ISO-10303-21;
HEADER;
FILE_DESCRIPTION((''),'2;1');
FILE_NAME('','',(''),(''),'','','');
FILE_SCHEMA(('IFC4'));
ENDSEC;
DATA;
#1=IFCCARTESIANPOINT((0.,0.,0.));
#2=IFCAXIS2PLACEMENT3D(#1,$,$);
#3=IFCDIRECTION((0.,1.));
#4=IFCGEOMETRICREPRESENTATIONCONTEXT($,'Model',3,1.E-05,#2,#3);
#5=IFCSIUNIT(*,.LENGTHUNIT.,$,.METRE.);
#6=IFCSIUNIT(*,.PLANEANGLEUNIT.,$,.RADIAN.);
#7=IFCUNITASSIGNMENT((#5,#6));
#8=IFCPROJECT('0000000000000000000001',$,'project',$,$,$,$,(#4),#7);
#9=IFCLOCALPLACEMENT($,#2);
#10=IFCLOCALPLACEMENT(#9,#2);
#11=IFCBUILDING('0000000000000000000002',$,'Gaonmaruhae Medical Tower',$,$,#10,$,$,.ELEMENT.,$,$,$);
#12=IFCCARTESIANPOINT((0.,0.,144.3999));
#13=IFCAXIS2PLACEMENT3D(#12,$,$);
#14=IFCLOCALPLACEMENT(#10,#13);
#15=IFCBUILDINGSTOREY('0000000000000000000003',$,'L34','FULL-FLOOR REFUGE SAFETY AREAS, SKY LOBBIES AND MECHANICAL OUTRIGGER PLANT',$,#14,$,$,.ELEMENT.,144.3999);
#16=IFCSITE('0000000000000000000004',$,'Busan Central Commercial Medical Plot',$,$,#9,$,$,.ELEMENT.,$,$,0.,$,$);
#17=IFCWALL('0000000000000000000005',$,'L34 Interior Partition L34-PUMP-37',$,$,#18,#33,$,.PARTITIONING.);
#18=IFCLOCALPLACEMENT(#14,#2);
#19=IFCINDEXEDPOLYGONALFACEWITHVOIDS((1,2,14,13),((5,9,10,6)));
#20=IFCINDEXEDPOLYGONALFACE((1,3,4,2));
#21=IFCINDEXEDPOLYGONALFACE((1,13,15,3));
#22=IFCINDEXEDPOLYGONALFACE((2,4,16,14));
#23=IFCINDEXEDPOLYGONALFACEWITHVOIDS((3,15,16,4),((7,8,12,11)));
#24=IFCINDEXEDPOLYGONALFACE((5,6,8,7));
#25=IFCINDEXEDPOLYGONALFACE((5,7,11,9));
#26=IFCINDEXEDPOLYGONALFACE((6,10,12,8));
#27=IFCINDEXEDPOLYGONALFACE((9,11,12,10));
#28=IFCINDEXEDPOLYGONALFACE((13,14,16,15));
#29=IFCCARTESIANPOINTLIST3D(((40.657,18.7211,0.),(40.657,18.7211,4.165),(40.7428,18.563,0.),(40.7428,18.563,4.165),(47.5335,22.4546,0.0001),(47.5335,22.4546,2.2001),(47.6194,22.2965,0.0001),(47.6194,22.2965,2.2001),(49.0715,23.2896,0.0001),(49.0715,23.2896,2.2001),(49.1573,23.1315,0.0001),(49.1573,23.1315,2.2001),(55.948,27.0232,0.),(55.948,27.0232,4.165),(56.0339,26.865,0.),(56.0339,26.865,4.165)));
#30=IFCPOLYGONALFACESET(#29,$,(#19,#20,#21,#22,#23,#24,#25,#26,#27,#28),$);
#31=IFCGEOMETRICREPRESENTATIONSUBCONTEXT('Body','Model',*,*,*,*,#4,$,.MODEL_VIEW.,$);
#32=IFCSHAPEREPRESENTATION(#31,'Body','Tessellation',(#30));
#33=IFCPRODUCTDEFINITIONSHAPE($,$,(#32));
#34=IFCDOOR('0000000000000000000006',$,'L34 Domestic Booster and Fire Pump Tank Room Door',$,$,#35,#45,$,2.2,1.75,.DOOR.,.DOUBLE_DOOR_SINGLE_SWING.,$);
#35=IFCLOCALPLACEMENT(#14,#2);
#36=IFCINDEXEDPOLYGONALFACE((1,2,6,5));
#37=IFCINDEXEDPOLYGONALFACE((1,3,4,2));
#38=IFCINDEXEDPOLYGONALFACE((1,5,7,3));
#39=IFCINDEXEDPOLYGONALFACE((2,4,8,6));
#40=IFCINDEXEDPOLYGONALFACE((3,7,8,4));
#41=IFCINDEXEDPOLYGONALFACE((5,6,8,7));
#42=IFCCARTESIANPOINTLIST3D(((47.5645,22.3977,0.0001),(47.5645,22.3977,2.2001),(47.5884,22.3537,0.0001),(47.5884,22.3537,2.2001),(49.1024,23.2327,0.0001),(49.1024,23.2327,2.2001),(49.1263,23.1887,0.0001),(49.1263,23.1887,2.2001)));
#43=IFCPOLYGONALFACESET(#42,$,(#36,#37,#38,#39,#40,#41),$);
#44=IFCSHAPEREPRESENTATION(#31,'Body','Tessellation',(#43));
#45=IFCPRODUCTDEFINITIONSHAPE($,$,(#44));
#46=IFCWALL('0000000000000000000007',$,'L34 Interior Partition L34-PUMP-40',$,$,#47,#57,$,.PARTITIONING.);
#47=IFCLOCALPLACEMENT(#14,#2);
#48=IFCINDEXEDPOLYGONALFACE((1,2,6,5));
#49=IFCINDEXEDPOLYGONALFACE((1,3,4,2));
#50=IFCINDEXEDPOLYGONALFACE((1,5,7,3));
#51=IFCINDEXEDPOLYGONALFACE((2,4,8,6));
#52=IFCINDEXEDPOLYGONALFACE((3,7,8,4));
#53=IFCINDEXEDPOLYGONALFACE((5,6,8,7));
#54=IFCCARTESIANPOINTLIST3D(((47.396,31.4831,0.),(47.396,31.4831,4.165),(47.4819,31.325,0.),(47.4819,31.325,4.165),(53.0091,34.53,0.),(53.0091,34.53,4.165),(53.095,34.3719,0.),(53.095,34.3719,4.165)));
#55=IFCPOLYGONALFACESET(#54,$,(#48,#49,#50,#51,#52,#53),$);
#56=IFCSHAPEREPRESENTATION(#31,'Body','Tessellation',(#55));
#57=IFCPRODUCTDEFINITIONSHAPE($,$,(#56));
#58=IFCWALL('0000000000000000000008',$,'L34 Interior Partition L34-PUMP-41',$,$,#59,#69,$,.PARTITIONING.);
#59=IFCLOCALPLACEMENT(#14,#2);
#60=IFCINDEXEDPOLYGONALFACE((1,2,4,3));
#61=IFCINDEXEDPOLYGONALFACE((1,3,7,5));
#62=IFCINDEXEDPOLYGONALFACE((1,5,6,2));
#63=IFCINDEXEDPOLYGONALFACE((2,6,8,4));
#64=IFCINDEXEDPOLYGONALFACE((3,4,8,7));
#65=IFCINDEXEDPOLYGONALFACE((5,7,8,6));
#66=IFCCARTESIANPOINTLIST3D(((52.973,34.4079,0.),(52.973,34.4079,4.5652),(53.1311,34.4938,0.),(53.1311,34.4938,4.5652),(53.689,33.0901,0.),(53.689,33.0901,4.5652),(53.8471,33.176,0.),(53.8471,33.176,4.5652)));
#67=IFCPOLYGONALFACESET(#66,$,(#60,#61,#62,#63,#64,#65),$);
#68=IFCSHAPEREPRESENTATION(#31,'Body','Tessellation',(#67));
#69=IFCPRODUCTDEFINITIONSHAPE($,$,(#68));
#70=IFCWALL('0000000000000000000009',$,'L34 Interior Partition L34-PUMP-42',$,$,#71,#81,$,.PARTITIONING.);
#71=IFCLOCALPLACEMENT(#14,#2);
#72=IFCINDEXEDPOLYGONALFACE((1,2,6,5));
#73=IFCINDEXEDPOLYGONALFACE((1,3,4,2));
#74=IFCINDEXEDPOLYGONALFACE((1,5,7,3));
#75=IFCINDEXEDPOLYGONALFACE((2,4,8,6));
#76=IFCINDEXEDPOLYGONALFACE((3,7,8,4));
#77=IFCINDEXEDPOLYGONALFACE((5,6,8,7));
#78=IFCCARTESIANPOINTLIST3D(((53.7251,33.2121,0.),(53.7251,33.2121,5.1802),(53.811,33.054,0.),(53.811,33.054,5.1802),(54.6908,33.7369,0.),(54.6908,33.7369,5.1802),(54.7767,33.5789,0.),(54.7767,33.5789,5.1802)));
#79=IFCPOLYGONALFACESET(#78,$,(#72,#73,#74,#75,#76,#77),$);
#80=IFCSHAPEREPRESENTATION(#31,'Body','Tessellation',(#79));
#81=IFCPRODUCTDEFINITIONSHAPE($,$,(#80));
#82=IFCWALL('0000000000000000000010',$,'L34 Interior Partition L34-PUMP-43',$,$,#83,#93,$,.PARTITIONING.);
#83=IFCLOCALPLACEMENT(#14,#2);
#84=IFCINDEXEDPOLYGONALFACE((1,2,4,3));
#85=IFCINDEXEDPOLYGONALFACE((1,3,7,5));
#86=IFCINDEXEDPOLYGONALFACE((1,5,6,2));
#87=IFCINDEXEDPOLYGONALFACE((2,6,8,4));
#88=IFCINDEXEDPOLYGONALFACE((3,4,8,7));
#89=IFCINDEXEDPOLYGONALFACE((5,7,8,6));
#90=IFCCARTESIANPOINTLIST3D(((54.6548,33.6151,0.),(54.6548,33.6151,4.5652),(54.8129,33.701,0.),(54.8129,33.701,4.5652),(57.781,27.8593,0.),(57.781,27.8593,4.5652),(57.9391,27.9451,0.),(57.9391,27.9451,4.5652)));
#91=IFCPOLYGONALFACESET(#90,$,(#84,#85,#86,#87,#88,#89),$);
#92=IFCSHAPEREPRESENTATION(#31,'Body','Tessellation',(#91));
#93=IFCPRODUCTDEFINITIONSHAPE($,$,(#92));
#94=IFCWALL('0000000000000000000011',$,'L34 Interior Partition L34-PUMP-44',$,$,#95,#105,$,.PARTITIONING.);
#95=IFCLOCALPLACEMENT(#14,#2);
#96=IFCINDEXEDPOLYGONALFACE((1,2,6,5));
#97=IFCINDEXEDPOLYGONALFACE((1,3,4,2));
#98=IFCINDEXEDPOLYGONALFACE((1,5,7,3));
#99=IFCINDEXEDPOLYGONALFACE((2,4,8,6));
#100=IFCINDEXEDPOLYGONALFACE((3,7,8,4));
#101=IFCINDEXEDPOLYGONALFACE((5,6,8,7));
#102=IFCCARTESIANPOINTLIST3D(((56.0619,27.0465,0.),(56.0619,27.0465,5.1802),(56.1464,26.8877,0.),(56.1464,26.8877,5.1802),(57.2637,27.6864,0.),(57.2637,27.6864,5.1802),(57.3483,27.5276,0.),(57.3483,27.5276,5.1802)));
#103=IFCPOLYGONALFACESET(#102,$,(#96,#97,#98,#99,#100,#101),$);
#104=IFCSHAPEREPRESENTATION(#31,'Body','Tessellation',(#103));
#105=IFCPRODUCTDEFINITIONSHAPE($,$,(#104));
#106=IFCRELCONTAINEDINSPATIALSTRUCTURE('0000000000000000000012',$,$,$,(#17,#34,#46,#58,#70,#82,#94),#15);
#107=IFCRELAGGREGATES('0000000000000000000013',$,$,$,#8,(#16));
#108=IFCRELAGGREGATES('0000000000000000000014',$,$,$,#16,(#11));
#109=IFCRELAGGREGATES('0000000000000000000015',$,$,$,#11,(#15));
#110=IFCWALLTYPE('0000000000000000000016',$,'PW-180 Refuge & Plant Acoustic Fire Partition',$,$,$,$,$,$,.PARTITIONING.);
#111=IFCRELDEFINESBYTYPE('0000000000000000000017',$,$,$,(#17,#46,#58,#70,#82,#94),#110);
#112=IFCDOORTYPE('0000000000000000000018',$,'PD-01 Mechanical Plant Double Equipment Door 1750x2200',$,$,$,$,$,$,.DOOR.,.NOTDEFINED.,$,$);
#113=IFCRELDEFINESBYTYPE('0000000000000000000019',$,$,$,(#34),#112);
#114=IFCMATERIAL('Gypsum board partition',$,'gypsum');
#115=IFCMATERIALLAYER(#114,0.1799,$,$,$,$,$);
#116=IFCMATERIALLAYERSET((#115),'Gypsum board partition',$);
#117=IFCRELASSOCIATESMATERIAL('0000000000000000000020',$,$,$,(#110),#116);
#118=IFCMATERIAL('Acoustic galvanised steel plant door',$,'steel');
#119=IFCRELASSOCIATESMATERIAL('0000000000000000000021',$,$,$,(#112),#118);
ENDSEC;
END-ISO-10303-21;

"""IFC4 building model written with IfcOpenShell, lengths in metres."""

from ifc_helpers import new_model, si_unit, direction, frame, frame_2d, origin, place, context, subcontext, project, spatial, rectangle, extrude, material, layer, layer_set, type_object, element, fill, save


model = new_model("IFC4")

# Units and contexts
model_context = context("Model", 3, precision=1e-05, world=origin(), true_north=direction((0.0, 1.0)))
body_context = subcontext(model_context, "Body", "Model", "MODEL_VIEW")
ifc_project = project(units=[si_unit("LENGTHUNIT", "METRE"), si_unit("PLANEANGLEUNIT", "RADIAN")], contexts=[model_context])

# Site, building, storey
site_placement = place(None, origin())
site = spatial("IfcSite", under=ifc_project, at=site_placement, Name="Busan Central Commercial Medical Plot", CompositionType="ELEMENT", RefElevation=0.0)
building_placement = place(site_placement, origin())
building = spatial("IfcBuilding", under=site, at=building_placement, Name="Gaonmaruhae Medical Tower", CompositionType="ELEMENT")
storey_placement = place(building_placement, frame((0.0, 0.0, 144.3999)))
storey = spatial("IfcBuildingStorey", under=building, at=storey_placement, Name="L34", Description="FULL-FLOOR REFUGE SAFETY AREAS, SKY LOBBIES AND MECHANICAL OUTRIGGER PLANT", CompositionType="ELEMENT", Elevation=144.3999)

# Wall, opening, door
ifc_material_1 = material(Name="Gypsum board partition", Category="gypsum")
ifc_layer_1 = layer(ifc_material_1, 0.1799)
ifc_layer_set_1 = layer_set([ifc_layer_1], Name="Gypsum board partition")
wall_type_1 = type_object("IfcWallType", Name="PW-180 Refuge & Plant Acoustic Fire Partition", PredefinedType="PARTITIONING", material=ifc_layer_set_1)
wall_1_placement = place(storey_placement, frame((55.991, 26.9441, 0.0), z_axis=(0.0, 0.0, 1.0), x_axis=(-0.878825, -0.477144, 0.0)))
wall_1 = element("IfcWall", 1, at=wall_1_placement, inside=storey, type_object=wall_type_1, Name="L34 Interior Partition L34-PUMP-37", PredefinedType="PARTITIONING", context=body_context, shape_type="SweptSolid", body=[
    extrude(rectangle(XDim=17.3994, YDim=0.1799, at=frame_2d((8.6997, 0.0))), origin(), (0.0, 0.0, 1.0), 4.165),
])
opening_placement = place(wall_1_placement, frame((7.8247, 0.0, 0.0)))
opening = element("IfcOpeningElement", 2, at=opening_placement, cuts=wall_1, PredefinedType="OPENING", context=body_context, shape_type="SweptSolid", body=[
    extrude(rectangle(XDim=1.75, YDim=2.2, at=frame_2d((0.875, 1.1001))), frame((0.0, 0.1001, 0.0), z_axis=(0.0, -1.0, 0.0), x_axis=(1.0, 0.0, 0.0)), (0.0, 0.0, 1.0), 0.2),
])
ifc_material_2 = material(Name="Acoustic galvanised steel plant door", Category="steel")
door_type = type_object("IfcDoorType", Name="PD-01 Mechanical Plant Double Equipment Door 1750x2200", OperationType="NOTDEFINED", PredefinedType="DOOR", material=ifc_material_2)
door_placement = place(opening_placement, origin())
door = element("IfcDoor", 3, at=door_placement, inside=storey, type_object=door_type, Name="L34 Domestic Booster and Fire Pump Tank Room Door", OperationType="DOUBLE_DOOR_SINGLE_SWING", OverallHeight=2.2, OverallWidth=1.75, PredefinedType="DOOR", context=body_context, shape_type="SweptSolid", body=[
    extrude(rectangle(XDim=1.75, YDim=2.2, at=frame_2d((0.875, 1.1001))), frame((0.0, 0.0249, 0.0), z_axis=(0.0, -1.0, 0.0), x_axis=(1.0, 0.0, 0.0)), (0.0, 0.0, 1.0), 0.05),
])
fill(opening, door)

# Walls
wall_2_placement = place(storey_placement, frame((47.439, 31.4041, 0.0), z_axis=(0.0, 0.0, 1.0), x_axis=(0.878867, 0.477067, 0.0)))
element("IfcWall", 4, at=wall_2_placement, inside=storey, type_object=wall_type_1, Name="L34 Interior Partition L34-PUMP-40", PredefinedType="PARTITIONING", context=body_context, shape_type="SweptSolid", body=[
    extrude(rectangle(XDim=6.3867, YDim=0.1799, at=frame_2d((3.1934, 0.0))), origin(), (0.0, 0.0, 1.0), 4.165),
])
wall_3_placement = place(storey_placement, frame((53.052, 34.4509, 0.0), z_axis=(0.0, 0.0, 1.0), x_axis=(0.477426, -0.878672, 0.0)))
element("IfcWall", 5, at=wall_3_placement, inside=storey, type_object=wall_type_1, Name="L34 Interior Partition L34-PUMP-41", PredefinedType="PARTITIONING", context=body_context, shape_type="SweptSolid", body=[
    extrude(rectangle(XDim=1.4998, YDim=0.1799, at=frame_2d((0.75, 0.0))), origin(), (0.0, 0.0, 1.0), 4.5652),
])
wall_4_placement = place(storey_placement, frame((53.7681, 33.1331, 0.0), z_axis=(0.0, 0.0, 1.0), x_axis=(0.878625, 0.477513, 0.0)))
element("IfcWall", 6, at=wall_4_placement, inside=storey, type_object=wall_type_1, Name="L34 Interior Partition L34-PUMP-42", PredefinedType="PARTITIONING", context=body_context, shape_type="SweptSolid", body=[
    extrude(rectangle(XDim=1.0991, YDim=0.1799, at=frame_2d((0.5496, 0.0))), origin(), (0.0, 0.0, 1.0), 5.1802),
])
wall_5_placement = place(storey_placement, frame((54.7339, 33.658, 0.0), z_axis=(0.0, 0.0, 1.0), x_axis=(0.477282, -0.87875, 0.0)))
element("IfcWall", 7, at=wall_5_placement, inside=storey, type_object=wall_type_1, Name="L34 Interior Partition L34-PUMP-43", PredefinedType="PARTITIONING", context=body_context, shape_type="SweptSolid", body=[
    extrude(rectangle(XDim=6.55, YDim=0.1799, at=frame_2d((3.2749, 0.0))), origin(), (0.0, 0.0, 1.0), 4.5652),
])
wall_6_placement = place(storey_placement, frame((57.3059, 27.6069, 0.0), z_axis=(0.0, 0.0, 1.0), x_axis=(-0.882695, -0.469946, 0.0)))
element("IfcWall", 8, at=wall_6_placement, inside=storey, type_object=wall_type_1, Name="L34 Interior Partition L34-PUMP-44", PredefinedType="PARTITIONING", context=body_context, shape_type="SweptSolid", body=[
    extrude(rectangle(XDim=1.3616, YDim=0.1799, at=frame_2d((0.6807, 0.0))), origin(), (0.0, 0.0, 1.0), 5.1802),
])

save(model, "model.ifc")
